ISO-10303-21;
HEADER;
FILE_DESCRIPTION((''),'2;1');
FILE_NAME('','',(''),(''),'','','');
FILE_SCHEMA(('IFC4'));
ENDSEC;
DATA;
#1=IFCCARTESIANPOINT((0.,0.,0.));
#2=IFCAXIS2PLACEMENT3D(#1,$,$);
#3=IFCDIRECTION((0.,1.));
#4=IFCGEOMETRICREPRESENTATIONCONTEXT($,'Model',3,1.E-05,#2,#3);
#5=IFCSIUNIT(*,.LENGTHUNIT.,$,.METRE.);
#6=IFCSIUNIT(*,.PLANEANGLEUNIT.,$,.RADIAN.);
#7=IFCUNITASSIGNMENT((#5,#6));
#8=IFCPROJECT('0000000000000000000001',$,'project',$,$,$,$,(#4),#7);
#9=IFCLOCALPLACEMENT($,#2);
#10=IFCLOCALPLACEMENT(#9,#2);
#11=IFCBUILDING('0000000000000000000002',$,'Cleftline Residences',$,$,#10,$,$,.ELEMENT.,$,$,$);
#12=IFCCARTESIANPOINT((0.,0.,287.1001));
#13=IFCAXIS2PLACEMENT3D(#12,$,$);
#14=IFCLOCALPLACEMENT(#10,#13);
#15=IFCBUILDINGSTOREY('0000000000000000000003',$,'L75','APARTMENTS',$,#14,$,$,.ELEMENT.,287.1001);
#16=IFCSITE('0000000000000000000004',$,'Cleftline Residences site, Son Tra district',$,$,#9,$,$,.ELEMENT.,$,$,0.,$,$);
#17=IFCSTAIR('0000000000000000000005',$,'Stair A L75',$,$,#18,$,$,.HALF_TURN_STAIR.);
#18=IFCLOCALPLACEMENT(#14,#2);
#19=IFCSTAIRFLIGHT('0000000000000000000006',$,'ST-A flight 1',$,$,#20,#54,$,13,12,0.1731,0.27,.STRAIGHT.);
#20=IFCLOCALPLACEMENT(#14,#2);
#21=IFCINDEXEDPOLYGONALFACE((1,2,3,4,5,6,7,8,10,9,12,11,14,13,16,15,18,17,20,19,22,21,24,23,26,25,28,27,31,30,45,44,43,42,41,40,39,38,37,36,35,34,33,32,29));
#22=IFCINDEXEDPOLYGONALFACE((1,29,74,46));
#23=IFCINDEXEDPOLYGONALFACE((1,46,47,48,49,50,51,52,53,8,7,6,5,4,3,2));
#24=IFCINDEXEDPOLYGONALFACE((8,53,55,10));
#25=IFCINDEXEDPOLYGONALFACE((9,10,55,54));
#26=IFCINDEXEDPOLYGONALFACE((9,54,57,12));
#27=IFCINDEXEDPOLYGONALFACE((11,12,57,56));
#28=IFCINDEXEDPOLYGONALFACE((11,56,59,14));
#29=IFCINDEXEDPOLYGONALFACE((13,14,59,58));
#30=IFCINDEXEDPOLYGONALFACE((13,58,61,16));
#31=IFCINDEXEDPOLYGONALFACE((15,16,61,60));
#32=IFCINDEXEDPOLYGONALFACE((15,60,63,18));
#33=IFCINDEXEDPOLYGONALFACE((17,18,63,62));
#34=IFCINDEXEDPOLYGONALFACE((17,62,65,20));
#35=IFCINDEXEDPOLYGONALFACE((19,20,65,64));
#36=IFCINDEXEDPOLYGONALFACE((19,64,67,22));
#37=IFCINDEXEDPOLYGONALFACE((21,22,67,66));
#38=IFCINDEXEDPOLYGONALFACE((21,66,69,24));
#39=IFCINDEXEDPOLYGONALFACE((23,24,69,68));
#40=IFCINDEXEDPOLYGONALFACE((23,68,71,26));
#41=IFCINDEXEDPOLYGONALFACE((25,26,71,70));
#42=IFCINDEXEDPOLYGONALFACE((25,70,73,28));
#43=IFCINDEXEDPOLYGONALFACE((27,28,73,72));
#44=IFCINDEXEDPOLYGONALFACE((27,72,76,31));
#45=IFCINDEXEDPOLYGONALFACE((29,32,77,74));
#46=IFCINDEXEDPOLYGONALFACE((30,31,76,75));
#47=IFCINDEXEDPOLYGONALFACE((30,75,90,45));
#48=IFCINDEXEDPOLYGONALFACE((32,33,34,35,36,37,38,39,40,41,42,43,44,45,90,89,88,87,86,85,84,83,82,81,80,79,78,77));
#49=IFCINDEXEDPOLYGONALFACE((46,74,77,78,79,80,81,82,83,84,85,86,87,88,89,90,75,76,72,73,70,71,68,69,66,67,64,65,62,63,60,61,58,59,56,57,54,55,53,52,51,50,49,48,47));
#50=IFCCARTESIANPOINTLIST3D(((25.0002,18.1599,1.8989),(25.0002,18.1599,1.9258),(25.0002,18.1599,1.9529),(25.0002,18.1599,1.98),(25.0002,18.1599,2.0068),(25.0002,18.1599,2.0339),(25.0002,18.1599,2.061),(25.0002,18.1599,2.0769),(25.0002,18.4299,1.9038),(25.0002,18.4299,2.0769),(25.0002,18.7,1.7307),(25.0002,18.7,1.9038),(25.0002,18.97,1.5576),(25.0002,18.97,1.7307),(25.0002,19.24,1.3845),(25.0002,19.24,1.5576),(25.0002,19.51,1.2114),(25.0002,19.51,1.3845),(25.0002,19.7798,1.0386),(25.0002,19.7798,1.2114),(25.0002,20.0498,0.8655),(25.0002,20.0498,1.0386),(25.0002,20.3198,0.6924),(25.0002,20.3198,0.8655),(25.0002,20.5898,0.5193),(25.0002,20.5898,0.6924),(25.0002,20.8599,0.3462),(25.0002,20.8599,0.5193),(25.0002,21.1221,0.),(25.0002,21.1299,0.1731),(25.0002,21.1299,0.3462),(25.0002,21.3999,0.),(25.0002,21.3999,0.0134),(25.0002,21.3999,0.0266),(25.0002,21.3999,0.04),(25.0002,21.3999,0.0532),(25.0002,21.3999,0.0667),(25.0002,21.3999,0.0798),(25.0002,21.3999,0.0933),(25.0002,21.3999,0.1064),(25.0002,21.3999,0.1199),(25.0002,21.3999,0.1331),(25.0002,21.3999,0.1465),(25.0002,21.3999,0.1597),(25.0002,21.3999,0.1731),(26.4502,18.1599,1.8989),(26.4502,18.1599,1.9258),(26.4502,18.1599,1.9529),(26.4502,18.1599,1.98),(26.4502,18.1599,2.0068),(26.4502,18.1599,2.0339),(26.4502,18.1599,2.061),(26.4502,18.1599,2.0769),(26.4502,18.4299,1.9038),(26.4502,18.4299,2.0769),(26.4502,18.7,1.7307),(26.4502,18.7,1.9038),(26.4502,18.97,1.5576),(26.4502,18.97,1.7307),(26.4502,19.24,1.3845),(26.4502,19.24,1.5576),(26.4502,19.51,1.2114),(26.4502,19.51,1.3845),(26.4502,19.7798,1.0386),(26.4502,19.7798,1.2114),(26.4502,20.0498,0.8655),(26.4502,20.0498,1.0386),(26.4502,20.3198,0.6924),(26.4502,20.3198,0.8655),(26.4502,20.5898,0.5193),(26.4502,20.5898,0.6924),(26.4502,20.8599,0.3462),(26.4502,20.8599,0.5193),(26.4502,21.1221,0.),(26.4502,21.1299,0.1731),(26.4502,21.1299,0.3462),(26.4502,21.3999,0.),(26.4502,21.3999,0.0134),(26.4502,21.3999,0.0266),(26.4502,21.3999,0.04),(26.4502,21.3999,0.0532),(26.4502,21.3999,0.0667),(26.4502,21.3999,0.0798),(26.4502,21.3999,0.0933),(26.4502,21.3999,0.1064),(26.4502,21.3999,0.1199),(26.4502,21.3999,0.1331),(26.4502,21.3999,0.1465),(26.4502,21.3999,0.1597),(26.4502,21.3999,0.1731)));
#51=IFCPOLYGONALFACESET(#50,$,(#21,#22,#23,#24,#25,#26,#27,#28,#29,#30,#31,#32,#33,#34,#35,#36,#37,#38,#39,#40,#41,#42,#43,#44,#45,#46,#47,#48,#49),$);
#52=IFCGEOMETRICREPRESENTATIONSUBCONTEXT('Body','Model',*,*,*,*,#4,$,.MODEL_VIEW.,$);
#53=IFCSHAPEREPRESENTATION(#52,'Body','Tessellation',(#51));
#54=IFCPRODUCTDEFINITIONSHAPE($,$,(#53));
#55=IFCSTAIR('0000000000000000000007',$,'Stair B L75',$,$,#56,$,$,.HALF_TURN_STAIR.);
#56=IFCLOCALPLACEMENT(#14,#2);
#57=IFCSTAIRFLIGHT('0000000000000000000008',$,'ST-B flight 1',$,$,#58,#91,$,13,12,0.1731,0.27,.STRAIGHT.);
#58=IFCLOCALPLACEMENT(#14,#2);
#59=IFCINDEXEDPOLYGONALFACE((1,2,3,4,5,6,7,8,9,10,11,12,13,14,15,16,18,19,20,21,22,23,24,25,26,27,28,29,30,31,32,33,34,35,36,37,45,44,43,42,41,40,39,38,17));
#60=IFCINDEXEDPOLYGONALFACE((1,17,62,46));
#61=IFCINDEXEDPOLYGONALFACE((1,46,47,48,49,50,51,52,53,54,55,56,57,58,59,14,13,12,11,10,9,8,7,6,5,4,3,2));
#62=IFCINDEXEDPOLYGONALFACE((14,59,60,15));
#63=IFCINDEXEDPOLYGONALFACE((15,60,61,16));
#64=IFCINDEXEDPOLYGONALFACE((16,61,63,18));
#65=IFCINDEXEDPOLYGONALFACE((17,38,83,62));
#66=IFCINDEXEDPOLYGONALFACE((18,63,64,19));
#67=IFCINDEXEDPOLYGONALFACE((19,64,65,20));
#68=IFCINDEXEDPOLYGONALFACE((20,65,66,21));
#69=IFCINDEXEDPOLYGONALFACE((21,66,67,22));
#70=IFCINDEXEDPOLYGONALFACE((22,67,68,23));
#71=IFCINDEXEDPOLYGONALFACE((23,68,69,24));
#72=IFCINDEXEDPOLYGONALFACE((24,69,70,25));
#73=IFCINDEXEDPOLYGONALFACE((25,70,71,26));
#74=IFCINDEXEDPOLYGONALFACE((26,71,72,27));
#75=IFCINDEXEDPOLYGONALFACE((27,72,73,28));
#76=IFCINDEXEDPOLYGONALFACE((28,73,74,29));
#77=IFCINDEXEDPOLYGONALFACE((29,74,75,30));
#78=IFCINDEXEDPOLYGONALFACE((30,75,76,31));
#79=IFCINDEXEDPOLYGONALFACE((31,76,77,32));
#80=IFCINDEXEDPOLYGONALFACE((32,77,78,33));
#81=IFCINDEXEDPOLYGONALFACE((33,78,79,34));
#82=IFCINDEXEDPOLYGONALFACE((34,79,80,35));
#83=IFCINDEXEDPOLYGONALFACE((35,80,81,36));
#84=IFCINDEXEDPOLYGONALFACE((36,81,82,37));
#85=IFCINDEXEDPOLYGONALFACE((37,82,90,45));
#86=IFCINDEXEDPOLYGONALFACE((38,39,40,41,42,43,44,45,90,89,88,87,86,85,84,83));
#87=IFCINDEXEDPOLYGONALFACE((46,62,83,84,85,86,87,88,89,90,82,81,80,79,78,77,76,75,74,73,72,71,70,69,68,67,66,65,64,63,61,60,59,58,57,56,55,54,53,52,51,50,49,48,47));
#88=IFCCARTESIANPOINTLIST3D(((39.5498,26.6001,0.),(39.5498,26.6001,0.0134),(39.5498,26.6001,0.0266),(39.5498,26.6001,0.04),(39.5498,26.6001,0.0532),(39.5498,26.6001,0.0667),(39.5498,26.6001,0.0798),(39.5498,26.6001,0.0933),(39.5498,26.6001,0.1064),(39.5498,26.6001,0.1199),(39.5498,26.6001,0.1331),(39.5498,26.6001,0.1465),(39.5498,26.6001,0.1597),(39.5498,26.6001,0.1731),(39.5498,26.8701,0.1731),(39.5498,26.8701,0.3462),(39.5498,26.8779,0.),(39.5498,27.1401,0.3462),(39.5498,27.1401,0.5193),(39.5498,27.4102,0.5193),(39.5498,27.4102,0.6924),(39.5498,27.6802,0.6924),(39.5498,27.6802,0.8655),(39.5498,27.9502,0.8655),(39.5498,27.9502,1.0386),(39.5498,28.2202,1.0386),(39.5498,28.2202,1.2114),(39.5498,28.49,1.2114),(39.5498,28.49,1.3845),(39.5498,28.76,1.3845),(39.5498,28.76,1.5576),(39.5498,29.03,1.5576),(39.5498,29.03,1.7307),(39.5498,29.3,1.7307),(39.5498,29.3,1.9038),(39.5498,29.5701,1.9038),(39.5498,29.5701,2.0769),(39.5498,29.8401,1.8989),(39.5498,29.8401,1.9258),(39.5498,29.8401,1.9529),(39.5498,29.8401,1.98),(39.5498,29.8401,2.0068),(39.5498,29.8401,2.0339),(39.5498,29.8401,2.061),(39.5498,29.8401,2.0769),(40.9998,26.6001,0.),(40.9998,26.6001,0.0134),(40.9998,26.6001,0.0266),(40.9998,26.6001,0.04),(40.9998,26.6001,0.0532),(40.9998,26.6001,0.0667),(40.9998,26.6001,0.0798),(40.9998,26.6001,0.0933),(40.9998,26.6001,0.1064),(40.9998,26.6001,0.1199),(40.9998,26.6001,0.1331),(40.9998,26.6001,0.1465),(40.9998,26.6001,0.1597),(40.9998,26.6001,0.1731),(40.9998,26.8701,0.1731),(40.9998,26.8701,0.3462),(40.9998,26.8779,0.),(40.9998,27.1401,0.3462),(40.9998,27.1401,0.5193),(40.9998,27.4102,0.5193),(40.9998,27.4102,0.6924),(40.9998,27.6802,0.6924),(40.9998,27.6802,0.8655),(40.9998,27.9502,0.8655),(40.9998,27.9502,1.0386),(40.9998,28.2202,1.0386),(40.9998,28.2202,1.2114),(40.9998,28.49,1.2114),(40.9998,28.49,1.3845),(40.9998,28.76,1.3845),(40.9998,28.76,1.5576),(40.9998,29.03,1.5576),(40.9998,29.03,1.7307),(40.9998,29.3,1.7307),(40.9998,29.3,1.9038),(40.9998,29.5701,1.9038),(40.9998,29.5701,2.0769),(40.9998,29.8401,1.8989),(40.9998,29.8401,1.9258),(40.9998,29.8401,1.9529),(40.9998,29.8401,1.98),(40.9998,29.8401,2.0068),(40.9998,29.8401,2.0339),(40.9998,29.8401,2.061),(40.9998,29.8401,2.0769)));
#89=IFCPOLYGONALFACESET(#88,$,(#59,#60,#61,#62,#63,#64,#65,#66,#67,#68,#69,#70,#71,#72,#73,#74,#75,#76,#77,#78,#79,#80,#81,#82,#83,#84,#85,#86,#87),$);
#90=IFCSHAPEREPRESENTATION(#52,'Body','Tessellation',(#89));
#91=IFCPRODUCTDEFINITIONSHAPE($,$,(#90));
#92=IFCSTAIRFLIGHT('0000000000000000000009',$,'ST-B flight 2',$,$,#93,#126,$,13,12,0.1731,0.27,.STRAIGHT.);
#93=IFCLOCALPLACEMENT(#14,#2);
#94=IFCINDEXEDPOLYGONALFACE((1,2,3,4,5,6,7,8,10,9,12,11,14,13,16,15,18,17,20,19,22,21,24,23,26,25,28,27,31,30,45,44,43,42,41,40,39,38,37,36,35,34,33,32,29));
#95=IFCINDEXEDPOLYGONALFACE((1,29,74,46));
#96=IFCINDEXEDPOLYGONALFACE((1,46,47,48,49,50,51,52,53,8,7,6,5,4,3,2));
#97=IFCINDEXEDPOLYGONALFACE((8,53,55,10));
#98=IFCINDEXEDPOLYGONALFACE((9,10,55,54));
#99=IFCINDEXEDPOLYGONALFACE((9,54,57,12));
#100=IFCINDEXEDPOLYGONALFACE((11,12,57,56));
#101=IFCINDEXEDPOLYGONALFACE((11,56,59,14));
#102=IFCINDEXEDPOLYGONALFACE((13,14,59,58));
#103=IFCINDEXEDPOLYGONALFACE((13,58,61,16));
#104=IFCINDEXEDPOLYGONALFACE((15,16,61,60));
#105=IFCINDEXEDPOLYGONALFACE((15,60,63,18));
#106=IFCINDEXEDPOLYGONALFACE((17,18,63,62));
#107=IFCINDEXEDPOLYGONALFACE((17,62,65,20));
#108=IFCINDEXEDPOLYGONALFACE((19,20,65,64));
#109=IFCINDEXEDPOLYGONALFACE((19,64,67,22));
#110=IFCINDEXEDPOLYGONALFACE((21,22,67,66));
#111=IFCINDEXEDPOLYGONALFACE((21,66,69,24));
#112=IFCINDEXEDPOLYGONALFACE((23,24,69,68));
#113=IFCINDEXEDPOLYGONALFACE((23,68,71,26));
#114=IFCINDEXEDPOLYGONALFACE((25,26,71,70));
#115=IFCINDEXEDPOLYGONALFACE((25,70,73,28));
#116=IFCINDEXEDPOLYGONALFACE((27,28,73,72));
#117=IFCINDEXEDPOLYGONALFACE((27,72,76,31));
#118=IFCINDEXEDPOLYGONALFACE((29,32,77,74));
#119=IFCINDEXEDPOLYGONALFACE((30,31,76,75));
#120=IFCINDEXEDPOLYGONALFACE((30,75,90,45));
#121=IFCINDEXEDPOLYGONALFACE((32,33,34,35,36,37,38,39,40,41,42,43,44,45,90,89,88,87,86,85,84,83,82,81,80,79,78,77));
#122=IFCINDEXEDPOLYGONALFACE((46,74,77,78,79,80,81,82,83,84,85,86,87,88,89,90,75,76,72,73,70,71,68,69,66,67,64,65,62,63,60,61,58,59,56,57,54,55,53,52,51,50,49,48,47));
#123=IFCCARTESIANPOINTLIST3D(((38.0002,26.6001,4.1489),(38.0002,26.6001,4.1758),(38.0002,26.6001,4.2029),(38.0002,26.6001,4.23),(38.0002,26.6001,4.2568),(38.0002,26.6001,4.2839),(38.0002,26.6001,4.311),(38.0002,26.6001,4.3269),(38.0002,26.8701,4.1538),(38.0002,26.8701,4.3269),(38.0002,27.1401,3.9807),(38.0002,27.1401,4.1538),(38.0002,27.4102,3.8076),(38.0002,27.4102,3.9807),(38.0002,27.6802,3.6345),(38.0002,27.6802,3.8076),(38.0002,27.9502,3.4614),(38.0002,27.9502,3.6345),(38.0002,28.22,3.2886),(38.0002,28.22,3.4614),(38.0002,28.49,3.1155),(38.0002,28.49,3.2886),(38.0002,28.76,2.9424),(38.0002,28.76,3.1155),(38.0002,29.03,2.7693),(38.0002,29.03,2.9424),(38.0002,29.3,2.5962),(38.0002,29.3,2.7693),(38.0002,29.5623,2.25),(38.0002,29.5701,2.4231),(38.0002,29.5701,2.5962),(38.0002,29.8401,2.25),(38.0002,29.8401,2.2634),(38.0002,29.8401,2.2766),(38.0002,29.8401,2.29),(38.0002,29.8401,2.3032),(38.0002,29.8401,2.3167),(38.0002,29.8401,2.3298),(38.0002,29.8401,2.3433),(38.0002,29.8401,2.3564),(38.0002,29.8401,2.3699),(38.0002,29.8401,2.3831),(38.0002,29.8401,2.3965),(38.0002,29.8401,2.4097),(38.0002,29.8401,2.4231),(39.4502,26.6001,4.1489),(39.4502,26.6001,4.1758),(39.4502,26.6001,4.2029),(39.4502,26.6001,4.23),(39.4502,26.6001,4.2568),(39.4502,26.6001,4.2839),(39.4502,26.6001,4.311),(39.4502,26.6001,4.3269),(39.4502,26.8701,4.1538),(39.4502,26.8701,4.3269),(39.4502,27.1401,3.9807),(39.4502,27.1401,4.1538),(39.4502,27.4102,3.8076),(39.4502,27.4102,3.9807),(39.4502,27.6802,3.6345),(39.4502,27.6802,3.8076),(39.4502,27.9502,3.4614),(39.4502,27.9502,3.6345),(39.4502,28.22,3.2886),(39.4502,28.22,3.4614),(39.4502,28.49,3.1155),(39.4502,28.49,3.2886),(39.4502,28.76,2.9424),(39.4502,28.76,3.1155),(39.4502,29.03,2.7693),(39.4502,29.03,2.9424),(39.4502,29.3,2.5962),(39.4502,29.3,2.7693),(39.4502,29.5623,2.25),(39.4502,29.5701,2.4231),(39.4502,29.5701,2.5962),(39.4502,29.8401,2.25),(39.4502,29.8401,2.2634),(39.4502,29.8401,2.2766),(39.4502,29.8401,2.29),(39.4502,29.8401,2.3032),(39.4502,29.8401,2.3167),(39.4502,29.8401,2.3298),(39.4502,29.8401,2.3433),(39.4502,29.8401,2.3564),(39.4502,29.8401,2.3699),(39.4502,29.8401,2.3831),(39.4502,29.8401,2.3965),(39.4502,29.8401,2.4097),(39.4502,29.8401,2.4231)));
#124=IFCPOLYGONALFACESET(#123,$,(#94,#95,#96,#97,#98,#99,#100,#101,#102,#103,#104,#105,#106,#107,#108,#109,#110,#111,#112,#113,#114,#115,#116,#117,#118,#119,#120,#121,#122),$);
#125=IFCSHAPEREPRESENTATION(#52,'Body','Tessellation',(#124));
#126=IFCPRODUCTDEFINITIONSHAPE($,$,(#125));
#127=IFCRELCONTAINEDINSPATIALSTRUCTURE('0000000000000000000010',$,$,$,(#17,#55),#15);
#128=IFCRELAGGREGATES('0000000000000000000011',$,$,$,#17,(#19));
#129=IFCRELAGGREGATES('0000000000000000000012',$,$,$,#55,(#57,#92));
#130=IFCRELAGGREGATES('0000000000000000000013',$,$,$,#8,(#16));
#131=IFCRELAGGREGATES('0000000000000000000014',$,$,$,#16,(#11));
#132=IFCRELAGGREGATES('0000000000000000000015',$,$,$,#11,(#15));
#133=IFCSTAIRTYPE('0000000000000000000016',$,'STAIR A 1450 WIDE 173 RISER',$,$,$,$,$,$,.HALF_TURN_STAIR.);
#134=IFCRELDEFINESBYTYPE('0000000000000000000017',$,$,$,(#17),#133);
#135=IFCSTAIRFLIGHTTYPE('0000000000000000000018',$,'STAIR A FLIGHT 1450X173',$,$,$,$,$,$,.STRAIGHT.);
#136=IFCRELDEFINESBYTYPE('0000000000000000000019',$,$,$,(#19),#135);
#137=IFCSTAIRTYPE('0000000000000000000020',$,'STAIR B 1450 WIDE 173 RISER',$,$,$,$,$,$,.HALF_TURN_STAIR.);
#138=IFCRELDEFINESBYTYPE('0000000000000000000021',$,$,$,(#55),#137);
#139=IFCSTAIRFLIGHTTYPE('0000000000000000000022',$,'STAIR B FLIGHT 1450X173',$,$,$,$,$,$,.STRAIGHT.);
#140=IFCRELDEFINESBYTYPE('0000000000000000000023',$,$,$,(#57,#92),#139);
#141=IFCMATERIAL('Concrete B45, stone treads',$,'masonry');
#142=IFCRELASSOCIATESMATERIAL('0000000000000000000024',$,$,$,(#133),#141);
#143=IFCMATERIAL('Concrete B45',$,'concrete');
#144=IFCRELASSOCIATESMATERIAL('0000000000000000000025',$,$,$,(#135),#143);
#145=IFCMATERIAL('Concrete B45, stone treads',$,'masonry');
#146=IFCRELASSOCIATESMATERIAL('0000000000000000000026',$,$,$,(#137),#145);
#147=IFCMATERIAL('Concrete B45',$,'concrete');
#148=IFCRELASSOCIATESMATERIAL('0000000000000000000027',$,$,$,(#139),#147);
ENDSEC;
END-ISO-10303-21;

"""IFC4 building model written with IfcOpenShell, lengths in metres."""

from ifc_helpers import new_model, si_unit, direction, frame, origin, place, context, subcontext, project, spatial, polyline, outline, extrude, material, type_object, element, aggregate, save


model = new_model("IFC4")

# Units and contexts
model_context = context("Model", 3, precision=1e-05, world=origin(), true_north=direction((0.0, 1.0)))
body_context = subcontext(model_context, "Body", "Model", "MODEL_VIEW")
ifc_project = project(units=[si_unit("LENGTHUNIT", "METRE"), si_unit("PLANEANGLEUNIT", "RADIAN")], contexts=[model_context])

# Site, building, storey
site_placement = place(None, origin())
site = spatial("IfcSite", under=ifc_project, at=site_placement, Name="Cleftline Residences site, Son Tra district", CompositionType="ELEMENT", RefElevation=0.0)
building_placement = place(site_placement, origin())
building = spatial("IfcBuilding", under=site, at=building_placement, Name="Cleftline Residences", CompositionType="ELEMENT")
storey_placement = place(building_placement, frame((0.0, 0.0, 287.1001)))
storey = spatial("IfcBuildingStorey", under=building, at=storey_placement, Name="L75", Description="APARTMENTS", CompositionType="ELEMENT", Elevation=287.1001)

# Stair, stair flight
ifc_material_1 = material(Name="Concrete B45, stone treads", Category="masonry")
stair_type_1 = type_object("IfcStairType", Name="STAIR A 1450 WIDE 173 RISER", PredefinedType="HALF_TURN_STAIR", material=ifc_material_1)
stair_1_placement = place(storey_placement, origin())
stair_1 = element("IfcStair", 1, at=stair_1_placement, inside=storey, type_object=stair_type_1, Name="Stair A L75", PredefinedType="HALF_TURN_STAIR")
ifc_material_2 = material(Name="Concrete B45", Category="concrete")
stair_flight_type_1 = type_object("IfcStairFlightType", Name="STAIR A FLIGHT 1450X173", PredefinedType="STRAIGHT", material=ifc_material_2)
stair_flight_1_placement = place(storey_placement, frame((25.7251, 21.3999, 0.0), z_axis=(0.0, 0.0, 1.0), x_axis=(0.0, -1.0, 0.0)))
stair_flight_1 = element("IfcStairFlight", 2, at=stair_flight_1_placement, type_object=stair_flight_type_1, Name="ST-A flight 1", NumberOfRisers=13, NumberOfTreads=12, PredefinedType="STRAIGHT", RiserHeight=0.1731, TreadLength=0.27, context=body_context, shape_type="SweptSolid", body=[
    extrude(outline(polyline([(0.0, 0.0), (0.0, 0.0134), (0.0, 0.0266), (0.0, 0.04), (0.0, 0.0532), (0.0, 0.0667), (0.0, 0.0798), (0.0, 0.0933), (0.0, 0.1064), (0.0, 0.1199), (0.0, 0.1331), (0.0, 0.1465), (0.0, 0.1597), (0.0, 0.1731), (0.27, 0.1731), (0.27, 0.3462), (0.54, 0.3462), (0.54, 0.5193), (0.8101, 0.5193), (0.8101, 0.6924), (1.0801, 0.6924), (1.0801, 0.8655), (1.3501, 0.8655), (1.3501, 1.0386), (1.6201, 1.0386), (1.6201, 1.2114), (1.8899, 1.2114), (1.8899, 1.3845), (2.1599, 1.3845), (2.1599, 1.5576), (2.4299, 1.5576), (2.4299, 1.7307), (2.7, 1.7307), (2.7, 1.9038), (2.97, 1.9038), (2.97, 2.0769), (3.24, 2.0769), (3.24, 2.25), (3.24, 2.2229), (3.24, 2.196), (3.24, 2.1689), (3.24, 2.1418), (3.24, 2.115), (3.24, 2.0879), (3.24, 2.061), (3.24, 2.0339), (3.24, 2.0068), (3.24, 1.98), (3.24, 1.9529), (3.24, 1.9258), (3.24, 1.8989), (0.2778, 0.0), (0.0, 0.0)])), frame((0.0, 0.7251, 0.0), z_axis=(0.0, -1.0, 0.0), x_axis=(1.0, 0.0, 0.0)), (0.0, 0.0, 1.0), 1.45),
])
aggregate(stair_1, [stair_flight_1])

# Stair, stair flights
ifc_material_3 = material(Name="Concrete B45, stone treads", Category="masonry")
stair_type_2 = type_object("IfcStairType", Name="STAIR B 1450 WIDE 173 RISER", PredefinedType="HALF_TURN_STAIR", material=ifc_material_3)
stair_2_placement = place(storey_placement, origin())
stair_2 = element("IfcStair", 3, at=stair_2_placement, inside=storey, type_object=stair_type_2, Name="Stair B L75", PredefinedType="HALF_TURN_STAIR")
ifc_material_4 = material(Name="Concrete B45", Category="concrete")
stair_flight_type_2 = type_object("IfcStairFlightType", Name="STAIR B FLIGHT 1450X173", PredefinedType="STRAIGHT", material=ifc_material_4)
stair_flight_2_placement = place(storey_placement, frame((40.2749, 26.6001, 0.0), z_axis=(0.0, 0.0, 1.0), x_axis=(0.0, 1.0, 0.0)))
stair_flight_2 = element("IfcStairFlight", 4, at=stair_flight_2_placement, type_object=stair_flight_type_2, Name="ST-B flight 1", NumberOfRisers=13, NumberOfTreads=12, PredefinedType="STRAIGHT", RiserHeight=0.1731, TreadLength=0.27, context=body_context, shape_type="SweptSolid", body=[
    extrude(outline(polyline([(0.0, 0.0), (0.0, 0.0134), (0.0, 0.0266), (0.0, 0.04), (0.0, 0.0532), (0.0, 0.0667), (0.0, 0.0798), (0.0, 0.0933), (0.0, 0.1064), (0.0, 0.1199), (0.0, 0.1331), (0.0, 0.1465), (0.0, 0.1597), (0.0, 0.1731), (0.27, 0.1731), (0.27, 0.3462), (0.54, 0.3462), (0.54, 0.5193), (0.8101, 0.5193), (0.8101, 0.6924), (1.0801, 0.6924), (1.0801, 0.8655), (1.3501, 0.8655), (1.3501, 1.0386), (1.6201, 1.0386), (1.6201, 1.2114), (1.8899, 1.2114), (1.8899, 1.3845), (2.1599, 1.3845), (2.1599, 1.5576), (2.4299, 1.5576), (2.4299, 1.7307), (2.7, 1.7307), (2.7, 1.9038), (2.97, 1.9038), (2.97, 2.0769), (3.24, 2.0769), (3.24, 2.25), (3.24, 2.2229), (3.24, 2.196), (3.24, 2.1689), (3.24, 2.1418), (3.24, 2.115), (3.24, 2.0879), (3.24, 2.061), (3.24, 2.0339), (3.24, 2.0068), (3.24, 1.98), (3.24, 1.9529), (3.24, 1.9258), (3.24, 1.8989), (0.2778, 0.0), (0.0, 0.0)])), frame((0.0, 0.7251, 0.0), z_axis=(0.0, -1.0, 0.0), x_axis=(1.0, 0.0, 0.0)), (0.0, 0.0, 1.0), 1.45),
])
stair_flight_3_placement = place(storey_placement, frame((38.7251, 29.8401, 2.25), z_axis=(0.0, 0.0, 1.0), x_axis=(0.0, -1.0, 0.0)))
stair_flight_3 = element("IfcStairFlight", 5, at=stair_flight_3_placement, type_object=stair_flight_type_2, Name="ST-B flight 2", NumberOfRisers=13, NumberOfTreads=12, PredefinedType="STRAIGHT", RiserHeight=0.1731, TreadLength=0.27, context=body_context, shape_type="SweptSolid", body=[
    extrude(outline(polyline([(0.0, 0.0), (0.0, 0.0134), (0.0, 0.0266), (0.0, 0.04), (0.0, 0.0532), (0.0, 0.0667), (0.0, 0.0798), (0.0, 0.0933), (0.0, 0.1064), (0.0, 0.1199), (0.0, 0.1331), (0.0, 0.1465), (0.0, 0.1597), (0.0, 0.1731), (0.27, 0.1731), (0.27, 0.3462), (0.54, 0.3462), (0.54, 0.5193), (0.8101, 0.5193), (0.8101, 0.6924), (1.0801, 0.6924), (1.0801, 0.8655), (1.3501, 0.8655), (1.3501, 1.0386), (1.6201, 1.0386), (1.6201, 1.2114), (1.8899, 1.2114), (1.8899, 1.3845), (2.1599, 1.3845), (2.1599, 1.5576), (2.4299, 1.5576), (2.4299, 1.7307), (2.7, 1.7307), (2.7, 1.9038), (2.97, 1.9038), (2.97, 2.0769), (3.24, 2.0769), (3.24, 2.25), (3.24, 2.2229), (3.24, 2.196), (3.24, 2.1689), (3.24, 2.1418), (3.24, 2.115), (3.24, 2.0879), (3.24, 2.061), (3.24, 2.0339), (3.24, 2.0068), (3.24, 1.98), (3.24, 1.9529), (3.24, 1.9258), (3.24, 1.8989), (0.2778, 0.0), (0.0, 0.0)])), frame((0.0, 0.7251, 0.0), z_axis=(0.0, -1.0, 0.0), x_axis=(1.0, 0.0, 0.0)), (0.0, 0.0, 1.0), 1.45),
])
aggregate(stair_2, [stair_flight_2, stair_flight_3])

save(model, "model.ifc")
